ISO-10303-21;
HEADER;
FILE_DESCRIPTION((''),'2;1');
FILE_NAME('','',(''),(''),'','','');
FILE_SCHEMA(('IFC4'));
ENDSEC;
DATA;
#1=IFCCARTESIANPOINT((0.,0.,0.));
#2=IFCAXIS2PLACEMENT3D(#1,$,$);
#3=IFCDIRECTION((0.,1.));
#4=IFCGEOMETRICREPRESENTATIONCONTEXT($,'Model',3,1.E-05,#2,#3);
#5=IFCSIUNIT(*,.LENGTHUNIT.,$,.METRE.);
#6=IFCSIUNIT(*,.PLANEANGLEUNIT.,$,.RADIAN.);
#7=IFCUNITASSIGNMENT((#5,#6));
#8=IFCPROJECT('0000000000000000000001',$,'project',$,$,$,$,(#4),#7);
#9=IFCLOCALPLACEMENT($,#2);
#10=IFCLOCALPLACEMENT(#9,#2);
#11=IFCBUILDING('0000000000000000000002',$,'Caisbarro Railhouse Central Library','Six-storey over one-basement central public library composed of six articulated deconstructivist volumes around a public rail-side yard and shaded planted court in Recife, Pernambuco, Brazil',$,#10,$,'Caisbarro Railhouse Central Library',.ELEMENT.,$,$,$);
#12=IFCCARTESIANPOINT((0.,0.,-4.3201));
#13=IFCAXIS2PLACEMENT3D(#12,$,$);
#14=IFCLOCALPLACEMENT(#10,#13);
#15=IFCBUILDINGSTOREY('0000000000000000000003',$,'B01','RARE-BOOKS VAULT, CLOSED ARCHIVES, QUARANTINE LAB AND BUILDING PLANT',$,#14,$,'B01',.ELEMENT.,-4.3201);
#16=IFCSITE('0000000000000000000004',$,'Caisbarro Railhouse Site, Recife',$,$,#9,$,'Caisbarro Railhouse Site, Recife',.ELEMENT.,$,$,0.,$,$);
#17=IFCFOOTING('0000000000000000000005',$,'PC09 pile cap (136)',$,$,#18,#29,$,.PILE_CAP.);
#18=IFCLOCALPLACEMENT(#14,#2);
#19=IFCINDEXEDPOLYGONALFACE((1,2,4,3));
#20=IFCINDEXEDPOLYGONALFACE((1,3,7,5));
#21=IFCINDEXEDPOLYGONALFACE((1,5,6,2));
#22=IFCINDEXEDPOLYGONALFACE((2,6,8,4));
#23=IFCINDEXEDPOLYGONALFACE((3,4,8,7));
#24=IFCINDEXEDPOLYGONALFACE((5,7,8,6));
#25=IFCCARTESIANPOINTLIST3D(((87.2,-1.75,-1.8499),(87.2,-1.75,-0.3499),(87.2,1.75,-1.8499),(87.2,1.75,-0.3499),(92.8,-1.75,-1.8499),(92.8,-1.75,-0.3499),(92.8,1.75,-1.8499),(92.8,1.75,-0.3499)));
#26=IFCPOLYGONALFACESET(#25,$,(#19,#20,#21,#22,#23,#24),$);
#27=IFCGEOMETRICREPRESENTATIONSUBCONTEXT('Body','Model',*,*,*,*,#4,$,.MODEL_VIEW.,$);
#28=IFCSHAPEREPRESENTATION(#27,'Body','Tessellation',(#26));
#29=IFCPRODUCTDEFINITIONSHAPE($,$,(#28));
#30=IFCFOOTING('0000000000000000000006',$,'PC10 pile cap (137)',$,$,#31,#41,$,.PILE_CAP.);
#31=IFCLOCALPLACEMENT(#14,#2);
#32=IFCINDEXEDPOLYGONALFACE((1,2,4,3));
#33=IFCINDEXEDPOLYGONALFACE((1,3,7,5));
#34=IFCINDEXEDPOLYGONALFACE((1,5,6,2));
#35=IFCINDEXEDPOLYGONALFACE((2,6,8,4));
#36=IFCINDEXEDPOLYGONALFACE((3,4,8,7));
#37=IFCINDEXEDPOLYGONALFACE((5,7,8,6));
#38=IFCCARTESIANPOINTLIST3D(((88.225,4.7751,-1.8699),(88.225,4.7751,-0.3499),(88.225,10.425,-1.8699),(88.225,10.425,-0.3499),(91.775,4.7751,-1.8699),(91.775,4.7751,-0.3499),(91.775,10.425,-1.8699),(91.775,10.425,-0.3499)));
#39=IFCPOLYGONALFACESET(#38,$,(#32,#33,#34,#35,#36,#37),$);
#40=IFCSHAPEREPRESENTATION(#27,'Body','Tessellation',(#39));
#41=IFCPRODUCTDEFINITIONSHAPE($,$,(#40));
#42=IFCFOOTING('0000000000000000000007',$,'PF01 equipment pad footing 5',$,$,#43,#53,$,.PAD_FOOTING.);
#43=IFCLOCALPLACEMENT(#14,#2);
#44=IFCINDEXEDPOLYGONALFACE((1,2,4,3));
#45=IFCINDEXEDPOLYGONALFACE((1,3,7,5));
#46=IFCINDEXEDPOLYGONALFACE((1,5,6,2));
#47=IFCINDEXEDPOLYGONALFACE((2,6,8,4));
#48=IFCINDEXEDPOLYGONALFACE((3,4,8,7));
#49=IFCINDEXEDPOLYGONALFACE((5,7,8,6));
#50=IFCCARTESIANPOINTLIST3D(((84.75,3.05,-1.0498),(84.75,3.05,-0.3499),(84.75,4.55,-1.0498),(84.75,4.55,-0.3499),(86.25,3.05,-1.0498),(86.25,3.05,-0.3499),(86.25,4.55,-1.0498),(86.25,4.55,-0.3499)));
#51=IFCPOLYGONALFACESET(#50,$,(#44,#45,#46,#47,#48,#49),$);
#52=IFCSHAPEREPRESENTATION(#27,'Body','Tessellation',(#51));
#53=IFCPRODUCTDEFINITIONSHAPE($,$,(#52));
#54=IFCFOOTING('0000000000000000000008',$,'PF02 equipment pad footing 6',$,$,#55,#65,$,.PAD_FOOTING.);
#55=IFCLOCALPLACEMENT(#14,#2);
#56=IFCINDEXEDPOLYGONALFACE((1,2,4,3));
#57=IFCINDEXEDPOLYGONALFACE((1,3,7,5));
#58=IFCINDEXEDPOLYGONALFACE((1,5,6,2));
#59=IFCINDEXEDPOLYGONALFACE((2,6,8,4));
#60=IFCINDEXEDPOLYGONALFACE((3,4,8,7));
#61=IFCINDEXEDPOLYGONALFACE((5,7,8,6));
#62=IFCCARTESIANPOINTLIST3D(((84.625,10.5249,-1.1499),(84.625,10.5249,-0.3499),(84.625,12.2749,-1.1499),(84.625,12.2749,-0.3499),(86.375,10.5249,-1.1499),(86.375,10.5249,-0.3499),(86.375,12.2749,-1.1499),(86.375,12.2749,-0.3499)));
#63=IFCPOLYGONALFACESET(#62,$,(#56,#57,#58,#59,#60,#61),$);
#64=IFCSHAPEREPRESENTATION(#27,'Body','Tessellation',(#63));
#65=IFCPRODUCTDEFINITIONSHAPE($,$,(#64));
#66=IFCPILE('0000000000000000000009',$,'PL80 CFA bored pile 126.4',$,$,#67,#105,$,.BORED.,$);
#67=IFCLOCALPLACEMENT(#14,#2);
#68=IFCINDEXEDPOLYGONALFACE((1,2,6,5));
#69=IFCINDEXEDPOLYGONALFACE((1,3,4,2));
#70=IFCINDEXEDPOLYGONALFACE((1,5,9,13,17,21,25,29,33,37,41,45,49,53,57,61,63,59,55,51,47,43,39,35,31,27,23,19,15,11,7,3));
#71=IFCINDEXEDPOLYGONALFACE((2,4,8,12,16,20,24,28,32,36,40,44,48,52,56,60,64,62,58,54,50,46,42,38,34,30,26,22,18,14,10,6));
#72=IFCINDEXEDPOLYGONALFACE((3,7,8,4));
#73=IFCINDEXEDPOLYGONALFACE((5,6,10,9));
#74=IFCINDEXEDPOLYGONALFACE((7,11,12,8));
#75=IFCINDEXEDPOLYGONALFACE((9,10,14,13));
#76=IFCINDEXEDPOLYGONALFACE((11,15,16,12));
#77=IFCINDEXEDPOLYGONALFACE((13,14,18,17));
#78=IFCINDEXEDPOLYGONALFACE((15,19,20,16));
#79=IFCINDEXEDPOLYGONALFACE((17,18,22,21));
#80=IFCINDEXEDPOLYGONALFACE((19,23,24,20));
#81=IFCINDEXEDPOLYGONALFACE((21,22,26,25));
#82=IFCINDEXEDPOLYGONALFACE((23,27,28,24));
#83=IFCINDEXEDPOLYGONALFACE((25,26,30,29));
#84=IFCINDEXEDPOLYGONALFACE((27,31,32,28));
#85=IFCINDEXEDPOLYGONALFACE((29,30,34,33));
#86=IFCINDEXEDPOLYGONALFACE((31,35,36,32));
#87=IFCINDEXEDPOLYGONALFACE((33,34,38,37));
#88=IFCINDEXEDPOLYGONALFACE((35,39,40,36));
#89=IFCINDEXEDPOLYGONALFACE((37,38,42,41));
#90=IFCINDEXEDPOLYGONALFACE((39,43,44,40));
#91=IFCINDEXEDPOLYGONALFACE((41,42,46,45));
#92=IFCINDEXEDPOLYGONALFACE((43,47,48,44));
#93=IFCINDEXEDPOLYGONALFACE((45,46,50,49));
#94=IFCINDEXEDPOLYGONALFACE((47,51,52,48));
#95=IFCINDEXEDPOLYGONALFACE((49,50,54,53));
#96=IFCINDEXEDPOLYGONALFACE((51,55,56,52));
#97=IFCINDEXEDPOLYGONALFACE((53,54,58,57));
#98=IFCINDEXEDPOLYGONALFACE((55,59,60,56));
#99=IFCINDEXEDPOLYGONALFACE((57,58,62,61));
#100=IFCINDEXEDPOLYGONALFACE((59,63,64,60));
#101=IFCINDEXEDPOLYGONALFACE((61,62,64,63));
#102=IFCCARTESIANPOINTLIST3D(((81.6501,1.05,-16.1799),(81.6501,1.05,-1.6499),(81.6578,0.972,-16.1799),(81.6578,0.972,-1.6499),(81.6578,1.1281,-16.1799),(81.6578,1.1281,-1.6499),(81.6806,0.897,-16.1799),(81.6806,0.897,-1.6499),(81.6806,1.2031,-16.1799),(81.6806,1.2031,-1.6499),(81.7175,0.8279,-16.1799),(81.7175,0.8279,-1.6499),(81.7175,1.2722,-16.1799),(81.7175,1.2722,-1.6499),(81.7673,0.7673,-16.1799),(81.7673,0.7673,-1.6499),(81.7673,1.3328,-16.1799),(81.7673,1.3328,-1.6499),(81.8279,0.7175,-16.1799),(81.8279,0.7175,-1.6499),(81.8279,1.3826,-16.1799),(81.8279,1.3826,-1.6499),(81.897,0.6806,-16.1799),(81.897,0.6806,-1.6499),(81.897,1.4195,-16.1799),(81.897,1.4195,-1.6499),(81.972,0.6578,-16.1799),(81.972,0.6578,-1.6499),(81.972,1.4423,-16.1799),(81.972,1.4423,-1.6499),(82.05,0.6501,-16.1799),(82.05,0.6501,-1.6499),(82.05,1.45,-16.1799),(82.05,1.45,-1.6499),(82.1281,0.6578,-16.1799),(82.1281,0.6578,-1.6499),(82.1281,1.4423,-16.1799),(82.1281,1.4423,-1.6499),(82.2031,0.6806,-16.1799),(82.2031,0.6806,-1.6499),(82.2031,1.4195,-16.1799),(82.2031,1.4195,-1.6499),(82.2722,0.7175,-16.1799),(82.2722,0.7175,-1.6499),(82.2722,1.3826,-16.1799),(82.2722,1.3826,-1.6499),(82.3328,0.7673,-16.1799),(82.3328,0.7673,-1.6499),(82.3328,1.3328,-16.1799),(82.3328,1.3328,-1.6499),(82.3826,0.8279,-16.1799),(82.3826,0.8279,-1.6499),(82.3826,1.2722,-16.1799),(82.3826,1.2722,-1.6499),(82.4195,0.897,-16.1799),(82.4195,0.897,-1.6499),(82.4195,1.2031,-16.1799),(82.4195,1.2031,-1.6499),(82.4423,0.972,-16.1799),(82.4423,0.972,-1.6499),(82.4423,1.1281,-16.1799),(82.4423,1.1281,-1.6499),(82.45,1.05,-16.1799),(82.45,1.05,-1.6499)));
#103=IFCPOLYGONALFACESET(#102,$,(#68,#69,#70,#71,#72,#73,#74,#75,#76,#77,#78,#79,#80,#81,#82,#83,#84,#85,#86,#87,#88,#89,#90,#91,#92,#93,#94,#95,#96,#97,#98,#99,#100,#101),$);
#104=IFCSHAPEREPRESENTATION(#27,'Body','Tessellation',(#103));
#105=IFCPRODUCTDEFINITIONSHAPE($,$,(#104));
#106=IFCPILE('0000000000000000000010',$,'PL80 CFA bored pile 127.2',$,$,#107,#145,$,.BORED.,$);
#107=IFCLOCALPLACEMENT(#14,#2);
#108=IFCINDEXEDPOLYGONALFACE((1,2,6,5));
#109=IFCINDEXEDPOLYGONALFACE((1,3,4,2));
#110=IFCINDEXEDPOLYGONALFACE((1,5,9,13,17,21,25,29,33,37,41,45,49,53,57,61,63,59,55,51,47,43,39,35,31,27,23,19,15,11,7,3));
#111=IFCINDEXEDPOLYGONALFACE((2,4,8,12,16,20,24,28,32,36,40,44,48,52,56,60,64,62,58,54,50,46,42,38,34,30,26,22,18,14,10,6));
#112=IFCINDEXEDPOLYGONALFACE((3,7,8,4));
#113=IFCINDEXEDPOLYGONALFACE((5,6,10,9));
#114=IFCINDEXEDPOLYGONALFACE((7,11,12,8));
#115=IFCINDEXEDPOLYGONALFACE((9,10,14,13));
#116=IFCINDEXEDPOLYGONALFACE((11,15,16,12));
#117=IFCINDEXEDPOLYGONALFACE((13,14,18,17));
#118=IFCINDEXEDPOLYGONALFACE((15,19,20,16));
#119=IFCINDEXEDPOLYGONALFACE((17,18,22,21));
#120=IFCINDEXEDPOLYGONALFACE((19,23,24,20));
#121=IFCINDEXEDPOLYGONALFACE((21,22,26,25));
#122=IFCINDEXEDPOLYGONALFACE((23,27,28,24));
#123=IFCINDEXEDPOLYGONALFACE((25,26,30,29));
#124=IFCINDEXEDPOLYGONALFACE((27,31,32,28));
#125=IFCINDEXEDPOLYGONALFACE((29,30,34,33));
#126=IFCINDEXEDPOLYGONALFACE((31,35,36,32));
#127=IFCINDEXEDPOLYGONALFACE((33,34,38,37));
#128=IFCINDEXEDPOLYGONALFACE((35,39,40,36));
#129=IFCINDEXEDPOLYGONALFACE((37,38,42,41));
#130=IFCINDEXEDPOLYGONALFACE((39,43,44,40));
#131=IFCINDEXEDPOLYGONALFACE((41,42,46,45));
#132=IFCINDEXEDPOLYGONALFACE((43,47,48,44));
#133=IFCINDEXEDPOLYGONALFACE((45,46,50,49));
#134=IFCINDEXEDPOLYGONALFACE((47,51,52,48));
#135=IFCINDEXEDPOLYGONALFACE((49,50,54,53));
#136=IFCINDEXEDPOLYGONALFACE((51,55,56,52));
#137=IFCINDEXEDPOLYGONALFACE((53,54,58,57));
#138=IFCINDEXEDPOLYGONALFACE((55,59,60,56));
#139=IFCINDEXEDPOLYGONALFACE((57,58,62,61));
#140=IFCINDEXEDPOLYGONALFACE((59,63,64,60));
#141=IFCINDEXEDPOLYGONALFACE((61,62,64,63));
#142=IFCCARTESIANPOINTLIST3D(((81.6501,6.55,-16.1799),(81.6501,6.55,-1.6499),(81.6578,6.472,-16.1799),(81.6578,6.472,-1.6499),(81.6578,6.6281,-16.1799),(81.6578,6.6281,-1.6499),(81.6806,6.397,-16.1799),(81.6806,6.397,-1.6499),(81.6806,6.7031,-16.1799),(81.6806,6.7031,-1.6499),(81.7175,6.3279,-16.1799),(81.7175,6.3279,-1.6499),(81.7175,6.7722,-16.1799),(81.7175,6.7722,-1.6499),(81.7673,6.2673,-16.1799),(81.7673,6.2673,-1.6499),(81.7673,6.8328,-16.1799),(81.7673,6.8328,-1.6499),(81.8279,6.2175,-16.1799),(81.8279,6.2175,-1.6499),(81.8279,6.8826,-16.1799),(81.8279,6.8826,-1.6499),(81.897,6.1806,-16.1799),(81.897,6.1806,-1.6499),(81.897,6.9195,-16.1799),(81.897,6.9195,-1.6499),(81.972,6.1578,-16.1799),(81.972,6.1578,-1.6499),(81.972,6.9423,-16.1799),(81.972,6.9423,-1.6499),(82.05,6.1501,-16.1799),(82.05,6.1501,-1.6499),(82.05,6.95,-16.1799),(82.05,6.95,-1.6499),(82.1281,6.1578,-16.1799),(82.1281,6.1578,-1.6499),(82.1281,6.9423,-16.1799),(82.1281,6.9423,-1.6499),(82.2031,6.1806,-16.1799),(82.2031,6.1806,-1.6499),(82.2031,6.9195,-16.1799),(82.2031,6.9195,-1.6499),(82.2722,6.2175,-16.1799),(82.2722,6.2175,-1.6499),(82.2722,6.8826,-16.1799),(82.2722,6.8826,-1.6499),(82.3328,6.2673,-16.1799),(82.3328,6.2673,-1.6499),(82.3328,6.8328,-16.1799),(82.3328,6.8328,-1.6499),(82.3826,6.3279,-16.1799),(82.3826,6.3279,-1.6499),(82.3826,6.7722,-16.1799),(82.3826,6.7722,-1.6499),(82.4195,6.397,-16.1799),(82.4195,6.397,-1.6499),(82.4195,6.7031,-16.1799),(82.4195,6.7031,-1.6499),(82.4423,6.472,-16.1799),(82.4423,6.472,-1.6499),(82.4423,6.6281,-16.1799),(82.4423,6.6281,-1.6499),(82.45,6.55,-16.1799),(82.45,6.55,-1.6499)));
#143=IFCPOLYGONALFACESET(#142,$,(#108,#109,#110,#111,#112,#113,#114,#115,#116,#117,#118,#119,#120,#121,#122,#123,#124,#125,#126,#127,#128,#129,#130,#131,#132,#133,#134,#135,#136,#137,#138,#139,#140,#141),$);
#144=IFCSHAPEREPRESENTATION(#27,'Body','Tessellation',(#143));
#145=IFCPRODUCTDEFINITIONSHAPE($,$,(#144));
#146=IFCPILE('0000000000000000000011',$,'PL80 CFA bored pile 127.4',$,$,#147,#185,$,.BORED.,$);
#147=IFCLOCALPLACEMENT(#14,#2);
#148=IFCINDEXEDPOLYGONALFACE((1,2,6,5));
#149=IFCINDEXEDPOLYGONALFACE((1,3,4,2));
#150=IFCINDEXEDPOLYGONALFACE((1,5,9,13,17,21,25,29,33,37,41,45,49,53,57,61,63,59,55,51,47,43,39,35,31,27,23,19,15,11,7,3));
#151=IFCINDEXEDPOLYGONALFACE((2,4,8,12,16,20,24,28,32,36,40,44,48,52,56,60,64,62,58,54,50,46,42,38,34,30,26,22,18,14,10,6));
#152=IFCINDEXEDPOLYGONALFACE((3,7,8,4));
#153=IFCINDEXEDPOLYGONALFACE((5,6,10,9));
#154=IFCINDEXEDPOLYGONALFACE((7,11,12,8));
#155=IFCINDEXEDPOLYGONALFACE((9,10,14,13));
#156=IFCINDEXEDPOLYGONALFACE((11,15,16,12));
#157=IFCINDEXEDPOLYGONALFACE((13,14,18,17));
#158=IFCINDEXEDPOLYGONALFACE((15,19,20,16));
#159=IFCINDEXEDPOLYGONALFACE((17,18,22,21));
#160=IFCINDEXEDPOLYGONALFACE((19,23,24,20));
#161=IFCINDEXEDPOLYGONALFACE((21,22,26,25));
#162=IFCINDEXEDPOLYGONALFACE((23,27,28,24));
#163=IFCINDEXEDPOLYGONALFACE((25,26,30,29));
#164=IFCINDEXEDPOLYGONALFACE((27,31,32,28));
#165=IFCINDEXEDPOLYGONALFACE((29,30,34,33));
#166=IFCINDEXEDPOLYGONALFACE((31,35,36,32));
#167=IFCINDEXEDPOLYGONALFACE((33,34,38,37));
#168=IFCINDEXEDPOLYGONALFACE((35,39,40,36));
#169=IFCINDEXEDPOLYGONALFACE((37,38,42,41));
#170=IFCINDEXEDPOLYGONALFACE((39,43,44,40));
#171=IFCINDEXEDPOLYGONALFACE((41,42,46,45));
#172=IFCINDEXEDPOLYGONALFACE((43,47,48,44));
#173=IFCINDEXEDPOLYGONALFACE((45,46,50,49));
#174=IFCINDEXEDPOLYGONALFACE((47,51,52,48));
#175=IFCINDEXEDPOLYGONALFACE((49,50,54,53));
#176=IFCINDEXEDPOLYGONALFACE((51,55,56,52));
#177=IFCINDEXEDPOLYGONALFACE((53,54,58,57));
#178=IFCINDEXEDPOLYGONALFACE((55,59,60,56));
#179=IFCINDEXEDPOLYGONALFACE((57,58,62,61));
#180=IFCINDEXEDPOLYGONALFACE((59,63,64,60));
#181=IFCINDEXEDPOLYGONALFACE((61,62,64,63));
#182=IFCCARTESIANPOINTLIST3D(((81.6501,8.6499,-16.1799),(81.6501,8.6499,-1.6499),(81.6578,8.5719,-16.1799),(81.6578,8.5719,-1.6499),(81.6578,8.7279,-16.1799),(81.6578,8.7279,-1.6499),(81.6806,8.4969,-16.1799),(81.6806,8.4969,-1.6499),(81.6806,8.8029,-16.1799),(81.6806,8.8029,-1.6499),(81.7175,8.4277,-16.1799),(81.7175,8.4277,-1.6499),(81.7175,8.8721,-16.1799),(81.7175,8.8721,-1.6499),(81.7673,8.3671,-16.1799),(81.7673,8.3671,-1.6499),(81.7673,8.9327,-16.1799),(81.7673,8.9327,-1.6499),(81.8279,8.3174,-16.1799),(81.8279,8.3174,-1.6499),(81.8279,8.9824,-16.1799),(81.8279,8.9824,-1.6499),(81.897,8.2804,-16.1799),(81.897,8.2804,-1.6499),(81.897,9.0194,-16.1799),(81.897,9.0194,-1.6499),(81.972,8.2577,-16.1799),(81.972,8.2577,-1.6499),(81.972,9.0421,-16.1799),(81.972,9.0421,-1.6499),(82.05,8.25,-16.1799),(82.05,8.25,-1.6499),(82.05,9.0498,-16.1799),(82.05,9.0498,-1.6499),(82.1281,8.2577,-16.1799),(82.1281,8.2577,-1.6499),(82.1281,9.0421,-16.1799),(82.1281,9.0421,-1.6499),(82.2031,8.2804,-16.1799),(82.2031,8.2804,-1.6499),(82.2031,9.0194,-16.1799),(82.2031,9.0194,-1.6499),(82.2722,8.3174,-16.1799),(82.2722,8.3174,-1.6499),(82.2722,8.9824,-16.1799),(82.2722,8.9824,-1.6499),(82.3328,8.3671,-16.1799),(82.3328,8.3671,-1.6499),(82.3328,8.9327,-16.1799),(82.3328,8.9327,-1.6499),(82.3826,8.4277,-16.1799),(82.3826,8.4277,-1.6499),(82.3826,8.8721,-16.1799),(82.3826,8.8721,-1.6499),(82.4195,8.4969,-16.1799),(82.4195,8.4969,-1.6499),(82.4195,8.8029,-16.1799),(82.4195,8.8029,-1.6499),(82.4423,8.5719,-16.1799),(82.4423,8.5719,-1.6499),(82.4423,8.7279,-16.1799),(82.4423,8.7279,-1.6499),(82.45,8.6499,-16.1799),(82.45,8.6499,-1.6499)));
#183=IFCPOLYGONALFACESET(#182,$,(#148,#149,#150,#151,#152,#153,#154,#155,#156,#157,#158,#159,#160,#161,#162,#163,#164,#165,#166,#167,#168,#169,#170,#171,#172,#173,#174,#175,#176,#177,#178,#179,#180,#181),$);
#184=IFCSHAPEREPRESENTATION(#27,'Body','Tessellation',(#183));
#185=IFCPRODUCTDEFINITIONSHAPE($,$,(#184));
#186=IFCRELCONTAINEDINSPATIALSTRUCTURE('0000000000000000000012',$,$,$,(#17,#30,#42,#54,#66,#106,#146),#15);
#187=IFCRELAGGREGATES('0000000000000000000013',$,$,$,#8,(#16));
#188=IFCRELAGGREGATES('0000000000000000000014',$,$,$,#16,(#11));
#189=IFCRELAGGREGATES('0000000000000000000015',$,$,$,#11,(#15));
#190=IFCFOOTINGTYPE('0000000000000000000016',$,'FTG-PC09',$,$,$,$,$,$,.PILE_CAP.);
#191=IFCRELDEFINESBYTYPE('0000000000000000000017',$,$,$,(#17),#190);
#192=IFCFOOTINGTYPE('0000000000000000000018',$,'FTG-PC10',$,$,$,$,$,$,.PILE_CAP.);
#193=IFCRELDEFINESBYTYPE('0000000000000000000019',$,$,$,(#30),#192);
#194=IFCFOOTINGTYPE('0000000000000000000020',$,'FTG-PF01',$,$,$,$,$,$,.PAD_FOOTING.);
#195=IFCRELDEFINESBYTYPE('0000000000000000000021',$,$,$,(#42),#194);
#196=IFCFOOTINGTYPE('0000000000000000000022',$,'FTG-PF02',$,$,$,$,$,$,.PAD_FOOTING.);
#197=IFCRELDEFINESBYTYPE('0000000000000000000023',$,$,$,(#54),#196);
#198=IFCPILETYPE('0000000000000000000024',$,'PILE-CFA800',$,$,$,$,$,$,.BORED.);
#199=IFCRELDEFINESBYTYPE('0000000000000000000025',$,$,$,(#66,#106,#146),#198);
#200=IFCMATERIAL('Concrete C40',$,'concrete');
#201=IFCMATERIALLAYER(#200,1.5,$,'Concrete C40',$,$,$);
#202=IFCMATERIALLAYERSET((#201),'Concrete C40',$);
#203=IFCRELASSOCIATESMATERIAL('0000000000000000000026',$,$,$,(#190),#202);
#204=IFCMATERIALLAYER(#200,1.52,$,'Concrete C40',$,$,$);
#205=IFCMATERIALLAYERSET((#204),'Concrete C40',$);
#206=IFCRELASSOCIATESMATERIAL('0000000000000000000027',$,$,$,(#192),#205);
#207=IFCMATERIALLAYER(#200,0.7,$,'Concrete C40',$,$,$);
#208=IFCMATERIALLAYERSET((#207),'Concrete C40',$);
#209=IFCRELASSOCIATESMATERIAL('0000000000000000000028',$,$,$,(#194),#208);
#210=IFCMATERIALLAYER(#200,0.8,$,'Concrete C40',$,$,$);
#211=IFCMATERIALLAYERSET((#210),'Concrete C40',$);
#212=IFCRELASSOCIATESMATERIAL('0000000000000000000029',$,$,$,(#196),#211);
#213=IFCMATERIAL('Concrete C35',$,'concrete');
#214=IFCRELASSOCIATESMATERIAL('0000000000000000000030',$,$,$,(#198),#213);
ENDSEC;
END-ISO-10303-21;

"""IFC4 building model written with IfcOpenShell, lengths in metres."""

from ifc_helpers import new_model, si_unit, direction, frame, origin, origin_2d, place, context, subcontext, project, spatial, rectangle, circle, extrude, material, layer, layer_set, material_profile, profile_set, type_object, element, save


model = new_model("IFC4")

# Units and contexts
model_context = context("Model", 3, precision=1e-05, world=origin(), true_north=direction((0.0, 1.0)))
body_context = subcontext(model_context, "Body", "Model", "MODEL_VIEW")
ifc_project = project(units=[si_unit("LENGTHUNIT", "METRE"), si_unit("PLANEANGLEUNIT", "RADIAN")], contexts=[model_context])

# Site, building, storey
site_placement = place(None, origin())
site = spatial("IfcSite", under=ifc_project, at=site_placement, Name="Caisbarro Railhouse Site, Recife", LongName="Caisbarro Railhouse Site, Recife", CompositionType="ELEMENT", RefElevation=0.0)
building_placement = place(site_placement, origin())
building = spatial("IfcBuilding", under=site, at=building_placement, Name="Caisbarro Railhouse Central Library", Description="Six-storey over one-basement central public library composed of six articulated deconstructivist volumes around a public rail-side yard and shaded planted court in Recife, Pernambuco, Brazil", LongName="Caisbarro Railhouse Central Library", CompositionType="ELEMENT")
storey_placement = place(building_placement, frame((0.0, 0.0, -4.3201)))
storey = spatial("IfcBuildingStorey", under=building, at=storey_placement, Name="B01", Description="RARE-BOOKS VAULT, CLOSED ARCHIVES, QUARANTINE LAB AND BUILDING PLANT", LongName="B01", CompositionType="ELEMENT", Elevation=-4.3201)

# Footings
ifc_material_1 = material(Name="Concrete C40", Category="concrete")
ifc_layer_1 = layer(ifc_material_1, 1.5, Name="Concrete C40")
ifc_layer_set_1 = layer_set([ifc_layer_1], Name="Concrete C40")
footing_type_1 = type_object("IfcFootingType", Name="FTG-PC09", PredefinedType="PILE_CAP", material=ifc_layer_set_1)
footing_1_placement = place(storey_placement, frame((90.0, 0.0, -1.8499), z_axis=(0.0, 0.0, 1.0), x_axis=(1.0, 0.0, 0.0)))
element("IfcFooting", 1, at=footing_1_placement, inside=storey, type_object=footing_type_1, Name="PC09 pile cap (136)", PredefinedType="PILE_CAP", context=body_context, shape_type="SweptSolid", body=[
    extrude(rectangle(XDim=5.6001, YDim=3.5, at=origin_2d()), origin(), (0.0, 0.0, 1.0), 1.5),
])
ifc_layer_2 = layer(ifc_material_1, 1.52, Name="Concrete C40")
ifc_layer_set_2 = layer_set([ifc_layer_2], Name="Concrete C40")
footing_type_2 = type_object("IfcFootingType", Name="FTG-PC10", PredefinedType="PILE_CAP", material=ifc_layer_set_2)
footing_2_placement = place(storey_placement, frame((90.0, 7.6001, -1.8699), z_axis=(0.0, 0.0, 1.0), x_axis=(1.0, 0.0, 0.0)))
element("IfcFooting", 2, at=footing_2_placement, inside=storey, type_object=footing_type_2, Name="PC10 pile cap (137)", PredefinedType="PILE_CAP", context=body_context, shape_type="SweptSolid", body=[
    extrude(rectangle(XDim=3.55, YDim=5.6499, at=origin_2d()), origin(), (0.0, 0.0, 1.0), 1.52),
])
ifc_layer_3 = layer(ifc_material_1, 0.7, Name="Concrete C40")
ifc_layer_set_3 = layer_set([ifc_layer_3], Name="Concrete C40")
footing_type_3 = type_object("IfcFootingType", Name="FTG-PF01", PredefinedType="PAD_FOOTING", material=ifc_layer_set_3)
footing_3_placement = place(storey_placement, frame((85.5, 3.8, -1.0498), z_axis=(0.0, 0.0, 1.0), x_axis=(1.0, 0.0, 0.0)))
element("IfcFooting", 3, at=footing_3_placement, inside=storey, type_object=footing_type_3, Name="PF01 equipment pad footing 5", PredefinedType="PAD_FOOTING", context=body_context, shape_type="SweptSolid", body=[
    extrude(rectangle(XDim=1.5, YDim=1.5, at=origin_2d()), origin(), (0.0, 0.0, 1.0), 0.7),
])
ifc_layer_4 = layer(ifc_material_1, 0.8, Name="Concrete C40")
ifc_layer_set_4 = layer_set([ifc_layer_4], Name="Concrete C40")
footing_type_4 = type_object("IfcFootingType", Name="FTG-PF02", PredefinedType="PAD_FOOTING", material=ifc_layer_set_4)
footing_4_placement = place(storey_placement, frame((85.5, 11.3999, -1.1499), z_axis=(0.0, 0.0, 1.0), x_axis=(1.0, 0.0, 0.0)))
element("IfcFooting", 4, at=footing_4_placement, inside=storey, type_object=footing_type_4, Name="PF02 equipment pad footing 6", PredefinedType="PAD_FOOTING", context=body_context, shape_type="SweptSolid", body=[
    extrude(rectangle(XDim=1.75, YDim=1.75, at=origin_2d()), origin(), (0.0, 0.0, 1.0), 0.8),
])

# Piles
ifc_material_2 = material(Name="Concrete C35", Category="concrete")
ifc_material_profile_1 = material_profile(ifc_material_2, circle(Radius=0.3999, at=origin_2d()), Name="PILE-CFA-800")
ifc_profile_set_1 = profile_set([ifc_material_profile_1], Name="Concrete C35")
pile_type = type_object("IfcPileType", Name="PILE-CFA800", PredefinedType="BORED", material=ifc_profile_set_1)
for number, where, z_axis, x_axis, name in (
    (5, (82.05, 1.05, -1.6499), (0.0, 0.0, -1.0), (1.0, 0.0, 0.0), "PL80 CFA bored pile 126.4"),
    (6, (82.05, 6.55, -1.6499), (0.0, 0.0, -1.0), (1.0, 0.0, 0.0), "PL80 CFA bored pile 127.2"),
    (7, (82.05, 8.6499, -1.6499), (0.0, 0.0, -1.0), (1.0, 0.0, 0.0), "PL80 CFA bored pile 127.4"),
):
    element("IfcPile", number, at=place(storey_placement, frame(where, z_axis=z_axis, x_axis=x_axis)), inside=storey, type_object=pile_type, Name=name, PredefinedType="BORED", context=body_context, shape_type="SweptSolid", body=[
        extrude(circle(Radius=0.3999, at=origin_2d()), origin(), (0.0, 0.0, 1.0), 14.53),
    ])

save(model, "model.ifc")
